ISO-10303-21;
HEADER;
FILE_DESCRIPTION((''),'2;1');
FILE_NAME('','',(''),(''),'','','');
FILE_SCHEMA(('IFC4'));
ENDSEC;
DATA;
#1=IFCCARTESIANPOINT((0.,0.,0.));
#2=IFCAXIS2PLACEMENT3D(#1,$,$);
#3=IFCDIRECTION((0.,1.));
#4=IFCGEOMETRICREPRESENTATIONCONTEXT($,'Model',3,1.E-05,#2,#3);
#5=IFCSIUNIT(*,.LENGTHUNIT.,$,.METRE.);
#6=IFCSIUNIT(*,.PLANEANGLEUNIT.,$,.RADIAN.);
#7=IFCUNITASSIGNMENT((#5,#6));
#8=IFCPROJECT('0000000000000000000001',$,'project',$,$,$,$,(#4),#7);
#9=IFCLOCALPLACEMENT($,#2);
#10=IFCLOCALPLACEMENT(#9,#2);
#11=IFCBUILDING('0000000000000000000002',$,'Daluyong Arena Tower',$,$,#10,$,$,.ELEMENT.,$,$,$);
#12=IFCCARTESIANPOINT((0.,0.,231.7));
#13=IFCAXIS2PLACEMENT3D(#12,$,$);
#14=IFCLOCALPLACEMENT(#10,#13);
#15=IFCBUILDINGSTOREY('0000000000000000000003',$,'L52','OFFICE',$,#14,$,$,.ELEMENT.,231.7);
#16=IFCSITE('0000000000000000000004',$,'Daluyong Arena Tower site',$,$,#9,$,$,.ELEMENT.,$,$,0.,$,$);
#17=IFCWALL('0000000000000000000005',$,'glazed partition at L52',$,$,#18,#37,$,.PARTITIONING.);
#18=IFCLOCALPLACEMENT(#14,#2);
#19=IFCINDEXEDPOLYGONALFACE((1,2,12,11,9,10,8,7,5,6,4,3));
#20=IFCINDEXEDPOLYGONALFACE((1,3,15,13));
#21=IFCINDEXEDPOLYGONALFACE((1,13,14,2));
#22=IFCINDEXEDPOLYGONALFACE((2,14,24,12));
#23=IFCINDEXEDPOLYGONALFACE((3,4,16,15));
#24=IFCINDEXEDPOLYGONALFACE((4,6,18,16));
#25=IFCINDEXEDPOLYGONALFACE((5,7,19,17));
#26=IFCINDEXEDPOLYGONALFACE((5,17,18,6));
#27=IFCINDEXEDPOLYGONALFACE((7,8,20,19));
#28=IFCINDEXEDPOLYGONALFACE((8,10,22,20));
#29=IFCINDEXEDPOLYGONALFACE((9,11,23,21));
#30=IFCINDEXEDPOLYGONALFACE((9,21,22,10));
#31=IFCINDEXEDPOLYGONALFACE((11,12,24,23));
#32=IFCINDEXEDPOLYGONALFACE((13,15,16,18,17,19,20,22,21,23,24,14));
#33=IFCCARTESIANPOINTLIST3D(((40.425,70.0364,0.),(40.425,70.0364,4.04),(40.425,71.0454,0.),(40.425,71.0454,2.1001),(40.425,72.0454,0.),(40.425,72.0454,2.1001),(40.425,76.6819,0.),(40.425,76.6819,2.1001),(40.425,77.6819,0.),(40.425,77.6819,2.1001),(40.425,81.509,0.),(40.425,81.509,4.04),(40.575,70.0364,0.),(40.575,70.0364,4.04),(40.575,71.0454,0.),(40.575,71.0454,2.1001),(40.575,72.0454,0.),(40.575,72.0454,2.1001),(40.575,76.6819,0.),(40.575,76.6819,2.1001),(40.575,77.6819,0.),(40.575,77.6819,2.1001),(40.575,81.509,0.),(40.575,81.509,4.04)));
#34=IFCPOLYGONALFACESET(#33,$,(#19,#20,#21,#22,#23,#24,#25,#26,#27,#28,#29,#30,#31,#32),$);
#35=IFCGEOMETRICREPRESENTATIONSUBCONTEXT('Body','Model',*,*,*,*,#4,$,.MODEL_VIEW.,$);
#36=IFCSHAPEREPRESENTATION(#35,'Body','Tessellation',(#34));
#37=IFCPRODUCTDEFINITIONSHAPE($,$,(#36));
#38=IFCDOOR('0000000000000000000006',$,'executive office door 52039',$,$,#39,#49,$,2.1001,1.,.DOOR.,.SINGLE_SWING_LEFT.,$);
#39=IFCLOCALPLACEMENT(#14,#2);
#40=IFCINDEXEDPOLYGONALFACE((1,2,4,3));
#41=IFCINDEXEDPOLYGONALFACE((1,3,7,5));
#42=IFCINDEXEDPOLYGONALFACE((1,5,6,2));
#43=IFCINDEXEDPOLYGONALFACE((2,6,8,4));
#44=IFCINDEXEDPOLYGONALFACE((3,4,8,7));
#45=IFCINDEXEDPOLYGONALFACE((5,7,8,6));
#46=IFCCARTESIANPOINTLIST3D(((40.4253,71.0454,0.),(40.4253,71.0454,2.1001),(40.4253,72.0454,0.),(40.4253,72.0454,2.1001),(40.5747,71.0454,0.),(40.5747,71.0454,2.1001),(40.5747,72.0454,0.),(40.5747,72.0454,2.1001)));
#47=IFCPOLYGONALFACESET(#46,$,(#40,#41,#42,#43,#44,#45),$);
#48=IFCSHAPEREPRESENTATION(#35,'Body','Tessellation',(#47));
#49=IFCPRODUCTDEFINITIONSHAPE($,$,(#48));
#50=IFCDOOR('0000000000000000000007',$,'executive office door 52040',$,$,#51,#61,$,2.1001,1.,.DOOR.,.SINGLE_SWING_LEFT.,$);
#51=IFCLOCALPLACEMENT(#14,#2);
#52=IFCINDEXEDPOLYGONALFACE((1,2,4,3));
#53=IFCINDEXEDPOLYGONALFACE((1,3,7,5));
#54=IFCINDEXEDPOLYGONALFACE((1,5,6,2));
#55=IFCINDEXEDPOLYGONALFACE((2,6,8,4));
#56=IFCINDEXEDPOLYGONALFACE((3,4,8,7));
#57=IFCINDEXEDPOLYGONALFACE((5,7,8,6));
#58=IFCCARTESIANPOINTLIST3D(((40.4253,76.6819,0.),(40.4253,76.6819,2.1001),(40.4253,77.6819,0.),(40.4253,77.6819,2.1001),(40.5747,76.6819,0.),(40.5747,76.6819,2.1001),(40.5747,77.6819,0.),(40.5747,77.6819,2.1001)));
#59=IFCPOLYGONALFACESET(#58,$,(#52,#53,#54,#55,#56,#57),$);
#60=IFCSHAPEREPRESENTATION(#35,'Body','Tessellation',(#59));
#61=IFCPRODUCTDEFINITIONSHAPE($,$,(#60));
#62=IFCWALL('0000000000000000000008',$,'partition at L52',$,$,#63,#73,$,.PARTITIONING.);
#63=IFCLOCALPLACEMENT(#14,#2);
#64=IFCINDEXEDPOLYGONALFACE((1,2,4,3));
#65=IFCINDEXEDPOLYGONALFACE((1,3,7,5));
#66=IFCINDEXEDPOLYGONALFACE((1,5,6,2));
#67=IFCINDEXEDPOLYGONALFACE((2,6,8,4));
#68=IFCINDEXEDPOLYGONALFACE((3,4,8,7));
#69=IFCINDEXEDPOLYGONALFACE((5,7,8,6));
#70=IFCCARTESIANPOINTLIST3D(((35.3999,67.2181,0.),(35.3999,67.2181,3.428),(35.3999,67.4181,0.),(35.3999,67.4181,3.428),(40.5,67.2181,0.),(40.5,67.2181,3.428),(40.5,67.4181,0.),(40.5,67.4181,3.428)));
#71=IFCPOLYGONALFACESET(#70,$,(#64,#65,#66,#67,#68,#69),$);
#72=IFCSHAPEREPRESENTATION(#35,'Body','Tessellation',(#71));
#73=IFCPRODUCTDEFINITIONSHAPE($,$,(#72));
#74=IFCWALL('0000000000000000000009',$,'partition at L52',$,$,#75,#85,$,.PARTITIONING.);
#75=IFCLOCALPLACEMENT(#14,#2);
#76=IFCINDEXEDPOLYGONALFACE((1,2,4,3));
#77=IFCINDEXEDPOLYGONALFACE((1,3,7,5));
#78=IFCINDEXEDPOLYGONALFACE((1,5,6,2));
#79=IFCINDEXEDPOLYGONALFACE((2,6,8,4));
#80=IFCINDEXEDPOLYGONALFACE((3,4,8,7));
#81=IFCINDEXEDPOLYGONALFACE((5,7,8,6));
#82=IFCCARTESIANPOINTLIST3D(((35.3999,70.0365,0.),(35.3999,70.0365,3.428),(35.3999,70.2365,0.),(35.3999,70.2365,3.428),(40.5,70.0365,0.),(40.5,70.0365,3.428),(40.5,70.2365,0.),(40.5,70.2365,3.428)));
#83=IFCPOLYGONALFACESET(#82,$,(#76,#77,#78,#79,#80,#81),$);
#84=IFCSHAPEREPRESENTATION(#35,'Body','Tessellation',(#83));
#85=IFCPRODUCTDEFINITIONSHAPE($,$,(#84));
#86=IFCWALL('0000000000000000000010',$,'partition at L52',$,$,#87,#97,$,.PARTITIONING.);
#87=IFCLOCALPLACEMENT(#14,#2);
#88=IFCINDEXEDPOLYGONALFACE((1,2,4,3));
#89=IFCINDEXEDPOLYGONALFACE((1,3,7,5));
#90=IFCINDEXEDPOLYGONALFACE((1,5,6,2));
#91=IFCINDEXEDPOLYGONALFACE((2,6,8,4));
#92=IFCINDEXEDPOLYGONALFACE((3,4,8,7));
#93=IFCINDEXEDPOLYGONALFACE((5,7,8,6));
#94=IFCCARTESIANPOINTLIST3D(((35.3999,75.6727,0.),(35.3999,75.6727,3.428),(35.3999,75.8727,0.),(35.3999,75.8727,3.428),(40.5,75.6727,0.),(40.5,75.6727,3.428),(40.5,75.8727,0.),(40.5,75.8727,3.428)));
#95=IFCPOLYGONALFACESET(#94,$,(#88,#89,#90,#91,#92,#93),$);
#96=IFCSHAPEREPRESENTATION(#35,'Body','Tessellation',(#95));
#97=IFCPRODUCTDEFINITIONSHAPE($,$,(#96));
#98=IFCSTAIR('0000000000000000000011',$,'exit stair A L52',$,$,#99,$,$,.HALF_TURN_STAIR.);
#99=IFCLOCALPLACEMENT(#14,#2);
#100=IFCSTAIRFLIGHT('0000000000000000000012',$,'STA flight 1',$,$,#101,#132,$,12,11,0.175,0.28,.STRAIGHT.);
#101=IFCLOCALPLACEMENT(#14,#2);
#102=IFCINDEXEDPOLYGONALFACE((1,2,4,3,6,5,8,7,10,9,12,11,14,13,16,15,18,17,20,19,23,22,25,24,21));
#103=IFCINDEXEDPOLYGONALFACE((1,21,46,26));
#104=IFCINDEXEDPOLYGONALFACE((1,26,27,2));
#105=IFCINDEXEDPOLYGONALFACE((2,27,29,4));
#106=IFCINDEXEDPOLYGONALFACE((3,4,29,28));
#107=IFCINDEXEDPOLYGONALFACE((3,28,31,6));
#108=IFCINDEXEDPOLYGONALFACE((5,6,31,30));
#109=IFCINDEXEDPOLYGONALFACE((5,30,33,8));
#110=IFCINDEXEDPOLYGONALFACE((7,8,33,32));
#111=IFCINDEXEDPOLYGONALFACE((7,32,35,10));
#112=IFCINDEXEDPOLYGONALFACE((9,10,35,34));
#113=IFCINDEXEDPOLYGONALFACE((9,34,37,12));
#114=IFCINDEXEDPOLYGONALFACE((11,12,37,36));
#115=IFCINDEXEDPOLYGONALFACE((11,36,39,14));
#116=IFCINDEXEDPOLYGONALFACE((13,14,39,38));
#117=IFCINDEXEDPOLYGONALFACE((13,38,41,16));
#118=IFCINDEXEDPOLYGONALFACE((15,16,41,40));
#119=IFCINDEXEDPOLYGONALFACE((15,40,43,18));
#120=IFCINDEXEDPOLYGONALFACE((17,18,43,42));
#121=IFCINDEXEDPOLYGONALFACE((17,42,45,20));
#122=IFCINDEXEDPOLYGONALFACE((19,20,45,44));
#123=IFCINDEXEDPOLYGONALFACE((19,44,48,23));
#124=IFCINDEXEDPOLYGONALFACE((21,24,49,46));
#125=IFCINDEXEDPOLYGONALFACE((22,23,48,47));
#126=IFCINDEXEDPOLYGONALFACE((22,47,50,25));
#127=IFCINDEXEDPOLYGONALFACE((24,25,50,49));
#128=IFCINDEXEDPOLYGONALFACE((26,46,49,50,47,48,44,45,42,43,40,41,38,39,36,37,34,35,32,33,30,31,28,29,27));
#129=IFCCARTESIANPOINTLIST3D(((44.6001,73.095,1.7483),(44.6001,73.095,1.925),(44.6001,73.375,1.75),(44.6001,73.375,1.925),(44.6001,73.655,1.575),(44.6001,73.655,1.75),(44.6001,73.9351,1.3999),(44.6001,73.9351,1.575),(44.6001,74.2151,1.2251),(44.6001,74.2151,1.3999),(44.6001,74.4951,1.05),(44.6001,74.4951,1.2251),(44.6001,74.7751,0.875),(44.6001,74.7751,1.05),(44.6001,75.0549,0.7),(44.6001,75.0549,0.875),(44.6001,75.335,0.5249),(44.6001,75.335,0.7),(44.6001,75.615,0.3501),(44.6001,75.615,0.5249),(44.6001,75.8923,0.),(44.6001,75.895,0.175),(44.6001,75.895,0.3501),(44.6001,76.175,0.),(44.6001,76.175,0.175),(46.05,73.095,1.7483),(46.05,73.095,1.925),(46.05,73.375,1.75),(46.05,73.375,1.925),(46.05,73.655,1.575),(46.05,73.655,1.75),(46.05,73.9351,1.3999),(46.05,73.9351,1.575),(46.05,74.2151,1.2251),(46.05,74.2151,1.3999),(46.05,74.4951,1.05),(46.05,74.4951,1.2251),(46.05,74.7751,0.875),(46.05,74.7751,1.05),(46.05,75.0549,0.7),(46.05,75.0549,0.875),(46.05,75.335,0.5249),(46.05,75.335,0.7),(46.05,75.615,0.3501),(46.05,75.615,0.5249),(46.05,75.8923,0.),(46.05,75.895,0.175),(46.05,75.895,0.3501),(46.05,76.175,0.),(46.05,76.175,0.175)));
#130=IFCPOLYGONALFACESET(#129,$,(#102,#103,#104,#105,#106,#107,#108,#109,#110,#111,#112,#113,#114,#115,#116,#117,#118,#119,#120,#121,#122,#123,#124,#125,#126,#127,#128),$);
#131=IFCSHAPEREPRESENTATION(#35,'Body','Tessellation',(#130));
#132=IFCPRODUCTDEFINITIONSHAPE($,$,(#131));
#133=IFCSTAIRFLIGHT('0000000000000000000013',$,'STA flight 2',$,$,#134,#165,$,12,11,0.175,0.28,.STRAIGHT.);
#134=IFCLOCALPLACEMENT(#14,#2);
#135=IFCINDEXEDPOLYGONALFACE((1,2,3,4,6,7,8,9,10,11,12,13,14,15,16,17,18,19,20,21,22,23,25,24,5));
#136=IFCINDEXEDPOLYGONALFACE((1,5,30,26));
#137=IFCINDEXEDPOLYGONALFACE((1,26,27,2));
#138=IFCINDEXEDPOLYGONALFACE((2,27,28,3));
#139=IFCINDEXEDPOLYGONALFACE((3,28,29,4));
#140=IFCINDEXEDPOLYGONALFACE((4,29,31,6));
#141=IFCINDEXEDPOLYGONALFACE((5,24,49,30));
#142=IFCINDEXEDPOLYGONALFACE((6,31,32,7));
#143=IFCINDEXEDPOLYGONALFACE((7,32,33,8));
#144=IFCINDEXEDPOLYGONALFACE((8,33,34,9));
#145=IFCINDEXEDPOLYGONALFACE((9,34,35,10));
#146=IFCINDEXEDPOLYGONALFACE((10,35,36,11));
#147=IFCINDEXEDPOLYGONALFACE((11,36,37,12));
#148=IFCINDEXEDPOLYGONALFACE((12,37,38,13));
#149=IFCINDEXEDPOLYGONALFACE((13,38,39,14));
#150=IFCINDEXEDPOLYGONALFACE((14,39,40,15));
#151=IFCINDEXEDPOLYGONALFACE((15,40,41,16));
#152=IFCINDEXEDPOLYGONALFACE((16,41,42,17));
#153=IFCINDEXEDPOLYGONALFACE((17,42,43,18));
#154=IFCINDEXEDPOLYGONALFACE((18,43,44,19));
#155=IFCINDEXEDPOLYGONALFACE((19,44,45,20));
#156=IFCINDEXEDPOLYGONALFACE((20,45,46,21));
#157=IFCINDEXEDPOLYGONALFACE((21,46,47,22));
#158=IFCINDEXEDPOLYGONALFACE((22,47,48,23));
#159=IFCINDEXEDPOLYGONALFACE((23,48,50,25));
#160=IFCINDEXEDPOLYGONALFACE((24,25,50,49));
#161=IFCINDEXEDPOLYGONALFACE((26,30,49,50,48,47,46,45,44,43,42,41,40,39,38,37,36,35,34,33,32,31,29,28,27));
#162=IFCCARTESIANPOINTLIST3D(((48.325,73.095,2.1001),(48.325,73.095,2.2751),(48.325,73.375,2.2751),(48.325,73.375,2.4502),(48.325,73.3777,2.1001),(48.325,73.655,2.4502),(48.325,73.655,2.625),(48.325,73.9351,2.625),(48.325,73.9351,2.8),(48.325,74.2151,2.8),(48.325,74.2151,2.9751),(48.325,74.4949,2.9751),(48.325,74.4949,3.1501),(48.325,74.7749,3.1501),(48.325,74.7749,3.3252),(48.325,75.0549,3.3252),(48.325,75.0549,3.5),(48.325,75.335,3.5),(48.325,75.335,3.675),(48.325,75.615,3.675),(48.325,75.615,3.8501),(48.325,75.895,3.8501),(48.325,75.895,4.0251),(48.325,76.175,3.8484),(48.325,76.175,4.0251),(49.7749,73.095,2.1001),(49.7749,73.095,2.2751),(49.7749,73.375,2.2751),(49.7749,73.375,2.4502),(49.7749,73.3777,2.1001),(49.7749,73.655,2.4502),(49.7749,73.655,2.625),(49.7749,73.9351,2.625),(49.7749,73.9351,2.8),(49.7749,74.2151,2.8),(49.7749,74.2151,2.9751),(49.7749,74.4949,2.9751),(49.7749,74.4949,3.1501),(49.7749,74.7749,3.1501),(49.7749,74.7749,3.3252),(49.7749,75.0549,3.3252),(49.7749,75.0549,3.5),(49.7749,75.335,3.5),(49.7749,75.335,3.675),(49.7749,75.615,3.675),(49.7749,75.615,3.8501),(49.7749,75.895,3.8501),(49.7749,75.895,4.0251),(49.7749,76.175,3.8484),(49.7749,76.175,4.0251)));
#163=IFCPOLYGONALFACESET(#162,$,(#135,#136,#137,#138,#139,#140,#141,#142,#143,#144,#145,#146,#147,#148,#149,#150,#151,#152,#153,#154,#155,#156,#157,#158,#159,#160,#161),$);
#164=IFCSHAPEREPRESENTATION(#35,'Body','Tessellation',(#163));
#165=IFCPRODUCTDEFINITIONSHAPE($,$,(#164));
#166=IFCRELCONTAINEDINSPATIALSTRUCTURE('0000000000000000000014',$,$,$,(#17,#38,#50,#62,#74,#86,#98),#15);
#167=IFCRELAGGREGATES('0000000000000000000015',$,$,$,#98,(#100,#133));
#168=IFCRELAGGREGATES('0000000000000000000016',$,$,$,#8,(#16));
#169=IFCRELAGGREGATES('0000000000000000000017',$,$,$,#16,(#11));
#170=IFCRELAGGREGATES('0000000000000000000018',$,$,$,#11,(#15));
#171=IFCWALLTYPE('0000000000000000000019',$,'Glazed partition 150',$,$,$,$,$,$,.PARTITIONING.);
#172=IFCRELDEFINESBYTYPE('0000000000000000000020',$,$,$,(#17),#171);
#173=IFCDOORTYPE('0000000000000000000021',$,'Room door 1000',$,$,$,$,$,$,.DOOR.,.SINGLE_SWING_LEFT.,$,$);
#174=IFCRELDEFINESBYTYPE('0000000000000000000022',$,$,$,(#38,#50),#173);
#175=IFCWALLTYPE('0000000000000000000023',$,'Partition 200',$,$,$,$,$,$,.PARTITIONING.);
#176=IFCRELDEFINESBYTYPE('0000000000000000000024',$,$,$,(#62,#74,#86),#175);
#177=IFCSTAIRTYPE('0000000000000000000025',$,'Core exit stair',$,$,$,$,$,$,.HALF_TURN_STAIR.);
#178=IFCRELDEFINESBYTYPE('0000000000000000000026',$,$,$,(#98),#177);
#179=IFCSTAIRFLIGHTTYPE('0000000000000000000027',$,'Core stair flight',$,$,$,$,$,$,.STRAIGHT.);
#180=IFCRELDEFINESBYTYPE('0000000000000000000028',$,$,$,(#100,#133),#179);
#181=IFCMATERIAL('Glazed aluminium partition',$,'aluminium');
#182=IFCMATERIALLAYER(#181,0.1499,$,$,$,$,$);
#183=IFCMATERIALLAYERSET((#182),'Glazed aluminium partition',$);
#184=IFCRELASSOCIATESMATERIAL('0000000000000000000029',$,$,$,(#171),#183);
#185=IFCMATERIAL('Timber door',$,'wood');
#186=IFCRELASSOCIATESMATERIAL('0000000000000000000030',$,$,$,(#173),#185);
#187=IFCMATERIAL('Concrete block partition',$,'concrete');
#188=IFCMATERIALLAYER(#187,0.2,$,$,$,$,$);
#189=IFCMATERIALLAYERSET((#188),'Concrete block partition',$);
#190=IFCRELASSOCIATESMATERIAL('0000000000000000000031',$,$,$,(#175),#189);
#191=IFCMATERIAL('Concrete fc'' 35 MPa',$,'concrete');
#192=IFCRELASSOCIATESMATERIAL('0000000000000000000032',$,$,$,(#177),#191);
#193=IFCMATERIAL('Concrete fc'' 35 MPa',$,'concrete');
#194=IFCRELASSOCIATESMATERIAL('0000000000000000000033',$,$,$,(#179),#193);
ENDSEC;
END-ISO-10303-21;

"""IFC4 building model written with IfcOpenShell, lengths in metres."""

from ifc_helpers import new_model, si_unit, direction, frame, frame_2d, origin, place, context, subcontext, project, spatial, polyline, rectangle, outline, extrude, material, layer, layer_set, type_object, element, fill, aggregate, save


model = new_model("IFC4")

# Units and contexts
model_context = context("Model", 3, precision=1e-05, world=origin(), true_north=direction((0.0, 1.0)))
body_context = subcontext(model_context, "Body", "Model", "MODEL_VIEW")
ifc_project = project(units=[si_unit("LENGTHUNIT", "METRE"), si_unit("PLANEANGLEUNIT", "RADIAN")], contexts=[model_context])

# Site, building, storey
site_placement = place(None, origin())
site = spatial("IfcSite", under=ifc_project, at=site_placement, Name="Daluyong Arena Tower site", CompositionType="ELEMENT", RefElevation=0.0)
building_placement = place(site_placement, origin())
building = spatial("IfcBuilding", under=site, at=building_placement, Name="Daluyong Arena Tower", CompositionType="ELEMENT")
storey_placement = place(building_placement, frame((0.0, 0.0, 231.7)))
storey = spatial("IfcBuildingStorey", under=building, at=storey_placement, Name="L52", Description="OFFICE", CompositionType="ELEMENT", Elevation=231.7)

# Shared definitions
ifc_material_1 = material(Name="Glazed aluminium partition", Category="aluminium")
ifc_layer_1 = layer(ifc_material_1, 0.1499)
ifc_layer_set_1 = layer_set([ifc_layer_1], Name="Glazed aluminium partition")
wall_type_1 = type_object("IfcWallType", Name="Glazed partition 150", PredefinedType="PARTITIONING", material=ifc_layer_set_1)

# Wall, openings, doors
wall_1_placement = place(storey_placement, frame((40.5, 70.0364, 0.0), z_axis=(0.0, 0.0, 1.0), x_axis=(0.0, 1.0, 0.0)))
wall_1 = element("IfcWall", 1, at=wall_1_placement, inside=storey, type_object=wall_type_1, Name="glazed partition at L52", PredefinedType="PARTITIONING", context=body_context, shape_type="SweptSolid", body=[
    extrude(rectangle(XDim=11.4727, YDim=0.1499, at=frame_2d((5.7363, 0.0))), origin(), (0.0, 0.0, 1.0), 4.04),
])
opening_1_placement = place(wall_1_placement, frame((1.009, 0.0, 0.0)))
opening_1 = element("IfcOpeningElement", 2, at=opening_1_placement, cuts=wall_1, PredefinedType="OPENING", context=body_context, shape_type="SweptSolid", body=[
    extrude(rectangle(XDim=1.0, YDim=2.1001, at=frame_2d((0.5, 1.05))), frame((0.0, 0.085, 0.0), z_axis=(0.0, -1.0, 0.0), x_axis=(1.0, 0.0, 0.0)), (0.0, 0.0, 1.0), 0.1699),
])
opening_2_placement = place(wall_1_placement, frame((6.6455, 0.0, 0.0)))
opening_2 = element("IfcOpeningElement", 3, at=opening_2_placement, cuts=wall_1, PredefinedType="OPENING", context=body_context, shape_type="SweptSolid", body=[
    extrude(rectangle(XDim=1.0, YDim=2.1001, at=frame_2d((0.5, 1.05))), frame((0.0, 0.085, 0.0), z_axis=(0.0, -1.0, 0.0), x_axis=(1.0, 0.0, 0.0)), (0.0, 0.0, 1.0), 0.1699),
])
ifc_material_2 = material(Name="Timber door", Category="wood")
door_type_1 = type_object("IfcDoorType", Name="Room door 1000", OperationType="SINGLE_SWING_LEFT", PredefinedType="DOOR", material=ifc_material_2)
door_1_placement = place(opening_1_placement, origin())
door_1 = element("IfcDoor", 4, at=door_1_placement, inside=storey, type_object=door_type_1, Name="executive office door 52039", OperationType="SINGLE_SWING_LEFT", OverallHeight=2.1001, OverallWidth=1.0, PredefinedType="DOOR", context=body_context, shape_type="SweptSolid", body=[
    extrude(rectangle(XDim=1.0, YDim=2.1001, at=frame_2d((0.5, 1.05))), frame((0.0, 0.0747, 0.0), z_axis=(0.0, -1.0, 0.0), x_axis=(1.0, 0.0, 0.0)), (0.0, 0.0, 1.0), 0.1494),
])
fill(opening_1, door_1)
door_2_placement = place(opening_2_placement, origin())
door_2 = element("IfcDoor", 5, at=door_2_placement, inside=storey, type_object=door_type_1, Name="executive office door 52040", OperationType="SINGLE_SWING_LEFT", OverallHeight=2.1001, OverallWidth=1.0, PredefinedType="DOOR", context=body_context, shape_type="SweptSolid", body=[
    extrude(rectangle(XDim=1.0, YDim=2.1001, at=frame_2d((0.5, 1.05))), frame((0.0, 0.0747, 0.0), z_axis=(0.0, -1.0, 0.0), x_axis=(1.0, 0.0, 0.0)), (0.0, 0.0, 1.0), 0.1494),
])
fill(opening_2, door_2)

# Walls
ifc_material_3 = material(Name="Concrete block partition", Category="concrete")
ifc_layer_2 = layer(ifc_material_3, 0.2)
ifc_layer_set_2 = layer_set([ifc_layer_2], Name="Concrete block partition")
wall_type_2 = type_object("IfcWallType", Name="Partition 200", PredefinedType="PARTITIONING", material=ifc_layer_set_2)
for number, where, z_axis, x_axis, name in (
    (6, (35.3999, 67.3181, 0.0), (0.0, 0.0, 1.0), (1.0, 0.0, 0.0), "partition at L52"),
    (7, (35.3999, 70.1365, 0.0), (0.0, 0.0, 1.0), (1.0, 0.0, 0.0), "partition at L52"),
    (8, (35.3999, 75.7727, 0.0), (0.0, 0.0, 1.0), (1.0, 0.0, 0.0), "partition at L52"),
):
    element("IfcWall", number, at=place(storey_placement, frame(where, z_axis=z_axis, x_axis=x_axis)), inside=storey, type_object=wall_type_2, Name=name, PredefinedType="PARTITIONING", context=body_context, shape_type="SweptSolid", body=[
        extrude(rectangle(XDim=5.1001, YDim=0.2, at=frame_2d((2.55, 0.0))), origin(), (0.0, 0.0, 1.0), 3.428),
    ])

# Stair, stair flights
ifc_material_4 = material(Name="Concrete fc' 35 MPa", Category="concrete")
stair_type = type_object("IfcStairType", Name="Core exit stair", PredefinedType="HALF_TURN_STAIR", material=ifc_material_4)
stair_placement = place(storey_placement, origin())
stair = element("IfcStair", 9, at=stair_placement, inside=storey, type_object=stair_type, Name="exit stair A L52", PredefinedType="HALF_TURN_STAIR")
ifc_material_5 = material(Name="Concrete fc' 35 MPa", Category="concrete")
stair_flight_type = type_object("IfcStairFlightType", Name="Core stair flight", PredefinedType="STRAIGHT", material=ifc_material_5)
stair_flight_1_placement = place(storey_placement, frame((45.325, 76.175, 0.0), z_axis=(0.0, 0.0, 1.0), x_axis=(0.0, -1.0, 0.0)))
stair_flight_1 = element("IfcStairFlight", 10, at=stair_flight_1_placement, type_object=stair_flight_type, Name="STA flight 1", NumberOfRisers=12, NumberOfTreads=11, PredefinedType="STRAIGHT", RiserHeight=0.175, TreadLength=0.28, context=body_context, shape_type="SweptSolid", body=[
    extrude(outline(polyline([(0.0, 0.0), (0.0, 0.175), (0.28, 0.175), (0.28, 0.3501), (0.5601, 0.3501), (0.5601, 0.5249), (0.8401, 0.5249), (0.8401, 0.7), (1.1201, 0.7), (1.1201, 0.875), (1.3999, 0.875), (1.3999, 1.05), (1.6799, 1.05), (1.6799, 1.2251), (1.96, 1.2251), (1.96, 1.3999), (2.24, 1.3999), (2.24, 1.575), (2.52, 1.575), (2.52, 1.75), (2.8, 1.75), (2.8, 1.925), (3.0801, 1.925), (3.0801, 2.1001), (3.0801, 1.7483), (0.2827, 0.0), (0.0, 0.0)])), frame((0.0, 0.7251, 0.0), z_axis=(0.0, -1.0, 0.0), x_axis=(1.0, 0.0, 0.0)), (0.0, 0.0, 1.0), 1.45),
])
stair_flight_2_placement = place(storey_placement, frame((49.05, 73.095, 2.1001), z_axis=(0.0, 0.0, 1.0), x_axis=(0.0, 1.0, 0.0)))
stair_flight_2 = element("IfcStairFlight", 11, at=stair_flight_2_placement, type_object=stair_flight_type, Name="STA flight 2", NumberOfRisers=12, NumberOfTreads=11, PredefinedType="STRAIGHT", RiserHeight=0.175, TreadLength=0.28, context=body_context, shape_type="SweptSolid", body=[
    extrude(outline(polyline([(0.0, 0.0), (0.0, 0.175), (0.28, 0.175), (0.28, 0.3501), (0.5601, 0.3501), (0.5601, 0.5249), (0.8401, 0.5249), (0.8401, 0.7), (1.1201, 0.7), (1.1201, 0.875), (1.3999, 0.875), (1.3999, 1.05), (1.6799, 1.05), (1.6799, 1.2251), (1.96, 1.2251), (1.96, 1.3999), (2.24, 1.3999), (2.24, 1.575), (2.52, 1.575), (2.52, 1.75), (2.8, 1.75), (2.8, 1.925), (3.0801, 1.925), (3.0801, 2.1001), (3.0801, 1.7483), (0.2827, 0.0), (0.0, 0.0)])), frame((0.0, 0.7251, 0.0), z_axis=(0.0, -1.0, 0.0), x_axis=(1.0, 0.0, 0.0)), (0.0, 0.0, 1.0), 1.45),
])
aggregate(stair, [stair_flight_1, stair_flight_2])

save(model, "model.ifc")
